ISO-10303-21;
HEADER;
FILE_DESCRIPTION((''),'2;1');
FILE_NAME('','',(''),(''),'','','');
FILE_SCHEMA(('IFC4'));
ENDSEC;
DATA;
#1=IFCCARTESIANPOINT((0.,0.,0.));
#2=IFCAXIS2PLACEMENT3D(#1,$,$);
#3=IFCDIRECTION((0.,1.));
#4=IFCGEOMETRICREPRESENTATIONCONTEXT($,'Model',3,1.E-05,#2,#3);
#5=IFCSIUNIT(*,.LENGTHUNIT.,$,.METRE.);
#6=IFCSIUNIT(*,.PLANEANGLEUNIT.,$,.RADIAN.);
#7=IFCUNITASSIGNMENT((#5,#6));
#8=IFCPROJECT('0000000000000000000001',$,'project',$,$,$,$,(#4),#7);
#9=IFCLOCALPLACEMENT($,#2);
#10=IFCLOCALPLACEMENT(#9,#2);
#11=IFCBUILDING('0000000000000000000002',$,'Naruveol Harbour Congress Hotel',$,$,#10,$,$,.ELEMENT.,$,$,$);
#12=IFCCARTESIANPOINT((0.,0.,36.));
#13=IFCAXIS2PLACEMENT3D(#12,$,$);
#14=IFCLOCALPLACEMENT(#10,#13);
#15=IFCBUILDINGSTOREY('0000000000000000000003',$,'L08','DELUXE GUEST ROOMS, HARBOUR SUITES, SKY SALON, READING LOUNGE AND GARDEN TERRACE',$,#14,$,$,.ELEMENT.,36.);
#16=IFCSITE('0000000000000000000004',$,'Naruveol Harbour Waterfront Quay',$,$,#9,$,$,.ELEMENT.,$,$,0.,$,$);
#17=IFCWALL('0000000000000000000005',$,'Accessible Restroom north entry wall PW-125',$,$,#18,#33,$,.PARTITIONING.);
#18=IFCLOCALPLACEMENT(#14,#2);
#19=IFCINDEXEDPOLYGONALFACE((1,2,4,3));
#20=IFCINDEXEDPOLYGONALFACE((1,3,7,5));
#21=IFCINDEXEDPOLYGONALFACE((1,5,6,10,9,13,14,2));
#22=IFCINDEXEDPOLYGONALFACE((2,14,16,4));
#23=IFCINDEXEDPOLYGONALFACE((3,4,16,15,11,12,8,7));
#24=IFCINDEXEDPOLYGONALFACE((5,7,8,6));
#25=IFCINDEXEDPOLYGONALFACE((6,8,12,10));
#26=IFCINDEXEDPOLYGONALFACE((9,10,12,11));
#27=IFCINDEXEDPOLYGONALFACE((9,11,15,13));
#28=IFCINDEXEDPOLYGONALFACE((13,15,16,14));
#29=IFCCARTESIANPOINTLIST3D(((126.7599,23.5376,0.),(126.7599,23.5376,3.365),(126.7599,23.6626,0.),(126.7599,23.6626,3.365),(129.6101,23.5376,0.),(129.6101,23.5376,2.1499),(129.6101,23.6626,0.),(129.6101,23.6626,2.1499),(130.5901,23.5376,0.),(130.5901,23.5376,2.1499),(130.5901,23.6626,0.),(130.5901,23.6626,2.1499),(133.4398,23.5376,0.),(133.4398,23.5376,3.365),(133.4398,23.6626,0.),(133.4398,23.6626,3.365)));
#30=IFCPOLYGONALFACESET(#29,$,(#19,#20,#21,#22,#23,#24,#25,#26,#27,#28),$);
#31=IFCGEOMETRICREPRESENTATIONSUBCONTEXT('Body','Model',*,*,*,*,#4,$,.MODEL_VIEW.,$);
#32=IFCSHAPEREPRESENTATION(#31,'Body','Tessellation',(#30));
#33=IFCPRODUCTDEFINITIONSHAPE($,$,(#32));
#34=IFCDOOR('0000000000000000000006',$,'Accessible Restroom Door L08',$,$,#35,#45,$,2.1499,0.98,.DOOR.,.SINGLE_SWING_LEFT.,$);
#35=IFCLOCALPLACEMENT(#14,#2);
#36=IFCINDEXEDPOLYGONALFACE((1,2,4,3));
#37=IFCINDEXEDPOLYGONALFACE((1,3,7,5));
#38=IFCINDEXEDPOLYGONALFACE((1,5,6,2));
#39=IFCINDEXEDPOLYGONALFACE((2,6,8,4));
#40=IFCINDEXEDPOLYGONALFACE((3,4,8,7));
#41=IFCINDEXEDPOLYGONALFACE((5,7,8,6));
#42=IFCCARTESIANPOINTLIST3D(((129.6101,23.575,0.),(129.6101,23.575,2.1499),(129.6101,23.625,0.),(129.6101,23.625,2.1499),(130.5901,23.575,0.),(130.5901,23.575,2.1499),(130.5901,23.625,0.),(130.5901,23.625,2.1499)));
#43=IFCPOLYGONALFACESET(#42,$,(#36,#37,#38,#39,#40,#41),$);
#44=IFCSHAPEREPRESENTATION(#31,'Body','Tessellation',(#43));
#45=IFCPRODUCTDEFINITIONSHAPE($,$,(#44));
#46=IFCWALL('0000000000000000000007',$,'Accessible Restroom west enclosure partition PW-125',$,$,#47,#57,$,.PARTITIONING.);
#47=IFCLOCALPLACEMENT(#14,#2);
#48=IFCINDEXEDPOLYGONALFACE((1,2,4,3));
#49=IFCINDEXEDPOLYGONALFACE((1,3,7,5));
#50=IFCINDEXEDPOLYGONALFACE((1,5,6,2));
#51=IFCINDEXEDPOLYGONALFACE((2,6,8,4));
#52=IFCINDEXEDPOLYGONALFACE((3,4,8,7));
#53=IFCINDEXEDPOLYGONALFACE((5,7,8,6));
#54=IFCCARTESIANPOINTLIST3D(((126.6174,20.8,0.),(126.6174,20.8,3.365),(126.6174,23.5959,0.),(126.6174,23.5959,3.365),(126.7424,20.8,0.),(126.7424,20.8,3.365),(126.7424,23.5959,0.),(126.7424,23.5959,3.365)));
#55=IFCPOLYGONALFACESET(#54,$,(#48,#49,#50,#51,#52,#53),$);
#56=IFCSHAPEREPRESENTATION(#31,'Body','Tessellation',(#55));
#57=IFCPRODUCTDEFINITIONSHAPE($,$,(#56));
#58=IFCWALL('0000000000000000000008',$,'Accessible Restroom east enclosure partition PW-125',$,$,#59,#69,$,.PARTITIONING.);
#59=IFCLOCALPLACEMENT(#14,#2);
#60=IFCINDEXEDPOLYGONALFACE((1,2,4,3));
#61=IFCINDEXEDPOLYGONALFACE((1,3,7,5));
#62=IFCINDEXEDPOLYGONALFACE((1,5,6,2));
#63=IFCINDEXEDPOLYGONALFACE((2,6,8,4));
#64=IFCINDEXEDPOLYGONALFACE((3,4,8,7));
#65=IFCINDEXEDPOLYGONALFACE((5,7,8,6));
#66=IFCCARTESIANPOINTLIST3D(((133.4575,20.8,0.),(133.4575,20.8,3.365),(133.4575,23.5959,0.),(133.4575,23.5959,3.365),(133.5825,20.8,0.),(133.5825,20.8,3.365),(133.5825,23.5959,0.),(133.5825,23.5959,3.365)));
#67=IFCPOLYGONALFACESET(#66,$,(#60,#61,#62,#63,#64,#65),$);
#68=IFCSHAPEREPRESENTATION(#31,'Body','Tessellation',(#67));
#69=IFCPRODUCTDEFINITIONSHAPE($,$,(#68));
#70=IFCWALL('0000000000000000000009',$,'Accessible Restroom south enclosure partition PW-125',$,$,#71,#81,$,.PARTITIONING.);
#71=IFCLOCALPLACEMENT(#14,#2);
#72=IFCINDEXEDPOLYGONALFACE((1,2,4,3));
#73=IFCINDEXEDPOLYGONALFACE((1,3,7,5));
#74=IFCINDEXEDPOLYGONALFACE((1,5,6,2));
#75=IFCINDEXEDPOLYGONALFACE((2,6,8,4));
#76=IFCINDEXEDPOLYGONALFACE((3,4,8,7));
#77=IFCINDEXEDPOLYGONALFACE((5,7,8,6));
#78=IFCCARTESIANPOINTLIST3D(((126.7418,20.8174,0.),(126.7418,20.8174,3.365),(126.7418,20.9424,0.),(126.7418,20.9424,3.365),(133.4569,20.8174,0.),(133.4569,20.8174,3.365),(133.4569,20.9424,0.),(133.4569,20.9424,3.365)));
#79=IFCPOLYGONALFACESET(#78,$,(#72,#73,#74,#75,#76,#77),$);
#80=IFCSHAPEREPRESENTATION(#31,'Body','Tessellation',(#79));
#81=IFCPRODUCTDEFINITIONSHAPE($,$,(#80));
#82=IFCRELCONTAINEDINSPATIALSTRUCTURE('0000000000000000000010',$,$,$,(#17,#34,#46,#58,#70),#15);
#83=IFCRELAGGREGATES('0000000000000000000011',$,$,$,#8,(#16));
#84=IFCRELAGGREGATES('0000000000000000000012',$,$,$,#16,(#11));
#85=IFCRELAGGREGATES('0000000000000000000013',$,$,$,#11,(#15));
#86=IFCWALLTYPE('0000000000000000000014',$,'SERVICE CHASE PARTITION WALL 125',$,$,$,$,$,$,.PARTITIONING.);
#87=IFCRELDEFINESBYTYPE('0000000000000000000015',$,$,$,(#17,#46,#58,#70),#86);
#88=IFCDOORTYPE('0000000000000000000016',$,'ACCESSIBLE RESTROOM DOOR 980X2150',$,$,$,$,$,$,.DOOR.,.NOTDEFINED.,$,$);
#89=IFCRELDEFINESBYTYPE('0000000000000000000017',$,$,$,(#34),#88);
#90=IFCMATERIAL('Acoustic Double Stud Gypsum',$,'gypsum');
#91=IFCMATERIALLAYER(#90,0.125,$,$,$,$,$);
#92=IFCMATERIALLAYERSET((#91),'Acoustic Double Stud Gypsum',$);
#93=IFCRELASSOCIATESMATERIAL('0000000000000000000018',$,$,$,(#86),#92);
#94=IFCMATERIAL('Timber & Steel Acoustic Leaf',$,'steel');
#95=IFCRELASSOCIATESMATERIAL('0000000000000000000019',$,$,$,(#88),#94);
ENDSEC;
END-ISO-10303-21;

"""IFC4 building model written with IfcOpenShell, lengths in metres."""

from ifc_helpers import new_model, si_unit, direction, frame, frame_2d, origin, place, context, subcontext, project, spatial, rectangle, extrude, material, layer, layer_set, type_object, element, fill, save


model = new_model("IFC4")

# Units and contexts
model_context = context("Model", 3, precision=1e-05, world=origin(), true_north=direction((0.0, 1.0)))
body_context = subcontext(model_context, "Body", "Model", "MODEL_VIEW")
ifc_project = project(units=[si_unit("LENGTHUNIT", "METRE"), si_unit("PLANEANGLEUNIT", "RADIAN")], contexts=[model_context])

# Site, building, storey
site_placement = place(None, origin())
site = spatial("IfcSite", under=ifc_project, at=site_placement, Name="Naruveol Harbour Waterfront Quay", CompositionType="ELEMENT", RefElevation=0.0)
building_placement = place(site_placement, origin())
building = spatial("IfcBuilding", under=site, at=building_placement, Name="Naruveol Harbour Congress Hotel", CompositionType="ELEMENT")
storey_placement = place(building_placement, frame((0.0, 0.0, 36.0)))
storey = spatial("IfcBuildingStorey", under=building, at=storey_placement, Name="L08", Description="DELUXE GUEST ROOMS, HARBOUR SUITES, SKY SALON, READING LOUNGE AND GARDEN TERRACE", CompositionType="ELEMENT", Elevation=36.0)

# Wall, opening, door
ifc_material_1 = material(Name="Acoustic Double Stud Gypsum", Category="gypsum")
ifc_layer_1 = layer(ifc_material_1, 0.125)
ifc_layer_set_1 = layer_set([ifc_layer_1], Name="Acoustic Double Stud Gypsum")
wall_type_1 = type_object("IfcWallType", Name="SERVICE CHASE PARTITION WALL 125", PredefinedType="PARTITIONING", material=ifc_layer_set_1)
wall_1_placement = place(storey_placement, frame((126.76, 23.6001, 0.0), z_axis=(0.0, 0.0, 1.0), x_axis=(1.0, 0.0, 0.0)))
wall_1 = element("IfcWall", 1, at=wall_1_placement, inside=storey, type_object=wall_type_1, Name="Accessible Restroom north entry wall PW-125", PredefinedType="PARTITIONING", context=body_context, shape_type="SweptSolid", body=[
    extrude(rectangle(XDim=6.6799, YDim=0.125, at=frame_2d((3.3398, 0.0))), origin(), (0.0, 0.0, 1.0), 3.365),
])
opening_1_placement = place(wall_1_placement, frame((2.8501, 0.0, 0.0)))
opening_1 = element("IfcOpeningElement", 2, at=opening_1_placement, cuts=wall_1, PredefinedType="OPENING", context=body_context, shape_type="SweptSolid", body=[
    extrude(rectangle(XDim=0.98, YDim=2.1499, at=frame_2d((0.49, 1.075))), frame((0.0, 0.0725, 0.0), z_axis=(0.0, -1.0, 0.0), x_axis=(1.0, 0.0, 0.0)), (0.0, 0.0, 1.0), 0.145),
])
ifc_material_2 = material(Name="Timber & Steel Acoustic Leaf", Category="steel")
door_type_1 = type_object("IfcDoorType", Name="ACCESSIBLE RESTROOM DOOR 980X2150", OperationType="NOTDEFINED", PredefinedType="DOOR", material=ifc_material_2)
door_1_placement = place(opening_1_placement, origin())
door_1 = element("IfcDoor", 3, at=door_1_placement, inside=storey, type_object=door_type_1, Name="Accessible Restroom Door L08", OperationType="SINGLE_SWING_LEFT", OverallHeight=2.1499, OverallWidth=0.98, PredefinedType="DOOR", context=body_context, shape_type="SweptSolid", body=[
    extrude(rectangle(XDim=0.98, YDim=2.1499, at=frame_2d((0.49, 1.075))), frame((0.0, 0.0249, 0.0), z_axis=(0.0, -1.0, 0.0), x_axis=(1.0, 0.0, 0.0)), (0.0, 0.0, 1.0), 0.05),
])
fill(opening_1, door_1)

# Walls
for number, where, z_axis, x_axis, name in (
    (4, (126.6799, 20.8, 0.0), (0.0, 0.0, 1.0), (0.0, 1.0, 0.0), "Accessible Restroom west enclosure partition PW-125"),
    (5, (133.52, 20.8, 0.0), (0.0, 0.0, 1.0), (0.0, 1.0, 0.0), "Accessible Restroom east enclosure partition PW-125"),
):
    element("IfcWall", number, at=place(storey_placement, frame(where, z_axis=z_axis, x_axis=x_axis)), inside=storey, type_object=wall_type_1, Name=name, PredefinedType="PARTITIONING", context=body_context, shape_type="SweptSolid", body=[
        extrude(rectangle(XDim=2.7959, YDim=0.125, at=frame_2d((1.3979, 0.0))), origin(), (0.0, 0.0, 1.0), 3.365),
    ])
wall_2_placement = place(storey_placement, frame((126.7419, 20.8799, 0.0), z_axis=(0.0, 0.0, 1.0), x_axis=(1.0, 0.0, 0.0)))
element("IfcWall", 6, at=wall_2_placement, inside=storey, type_object=wall_type_1, Name="Accessible Restroom south enclosure partition PW-125", PredefinedType="PARTITIONING", context=body_context, shape_type="SweptSolid", body=[
    extrude(rectangle(XDim=6.7151, YDim=0.125, at=frame_2d((3.3574, 0.0))), origin(), (0.0, 0.0, 1.0), 3.365),
])

save(model, "model.ifc")
